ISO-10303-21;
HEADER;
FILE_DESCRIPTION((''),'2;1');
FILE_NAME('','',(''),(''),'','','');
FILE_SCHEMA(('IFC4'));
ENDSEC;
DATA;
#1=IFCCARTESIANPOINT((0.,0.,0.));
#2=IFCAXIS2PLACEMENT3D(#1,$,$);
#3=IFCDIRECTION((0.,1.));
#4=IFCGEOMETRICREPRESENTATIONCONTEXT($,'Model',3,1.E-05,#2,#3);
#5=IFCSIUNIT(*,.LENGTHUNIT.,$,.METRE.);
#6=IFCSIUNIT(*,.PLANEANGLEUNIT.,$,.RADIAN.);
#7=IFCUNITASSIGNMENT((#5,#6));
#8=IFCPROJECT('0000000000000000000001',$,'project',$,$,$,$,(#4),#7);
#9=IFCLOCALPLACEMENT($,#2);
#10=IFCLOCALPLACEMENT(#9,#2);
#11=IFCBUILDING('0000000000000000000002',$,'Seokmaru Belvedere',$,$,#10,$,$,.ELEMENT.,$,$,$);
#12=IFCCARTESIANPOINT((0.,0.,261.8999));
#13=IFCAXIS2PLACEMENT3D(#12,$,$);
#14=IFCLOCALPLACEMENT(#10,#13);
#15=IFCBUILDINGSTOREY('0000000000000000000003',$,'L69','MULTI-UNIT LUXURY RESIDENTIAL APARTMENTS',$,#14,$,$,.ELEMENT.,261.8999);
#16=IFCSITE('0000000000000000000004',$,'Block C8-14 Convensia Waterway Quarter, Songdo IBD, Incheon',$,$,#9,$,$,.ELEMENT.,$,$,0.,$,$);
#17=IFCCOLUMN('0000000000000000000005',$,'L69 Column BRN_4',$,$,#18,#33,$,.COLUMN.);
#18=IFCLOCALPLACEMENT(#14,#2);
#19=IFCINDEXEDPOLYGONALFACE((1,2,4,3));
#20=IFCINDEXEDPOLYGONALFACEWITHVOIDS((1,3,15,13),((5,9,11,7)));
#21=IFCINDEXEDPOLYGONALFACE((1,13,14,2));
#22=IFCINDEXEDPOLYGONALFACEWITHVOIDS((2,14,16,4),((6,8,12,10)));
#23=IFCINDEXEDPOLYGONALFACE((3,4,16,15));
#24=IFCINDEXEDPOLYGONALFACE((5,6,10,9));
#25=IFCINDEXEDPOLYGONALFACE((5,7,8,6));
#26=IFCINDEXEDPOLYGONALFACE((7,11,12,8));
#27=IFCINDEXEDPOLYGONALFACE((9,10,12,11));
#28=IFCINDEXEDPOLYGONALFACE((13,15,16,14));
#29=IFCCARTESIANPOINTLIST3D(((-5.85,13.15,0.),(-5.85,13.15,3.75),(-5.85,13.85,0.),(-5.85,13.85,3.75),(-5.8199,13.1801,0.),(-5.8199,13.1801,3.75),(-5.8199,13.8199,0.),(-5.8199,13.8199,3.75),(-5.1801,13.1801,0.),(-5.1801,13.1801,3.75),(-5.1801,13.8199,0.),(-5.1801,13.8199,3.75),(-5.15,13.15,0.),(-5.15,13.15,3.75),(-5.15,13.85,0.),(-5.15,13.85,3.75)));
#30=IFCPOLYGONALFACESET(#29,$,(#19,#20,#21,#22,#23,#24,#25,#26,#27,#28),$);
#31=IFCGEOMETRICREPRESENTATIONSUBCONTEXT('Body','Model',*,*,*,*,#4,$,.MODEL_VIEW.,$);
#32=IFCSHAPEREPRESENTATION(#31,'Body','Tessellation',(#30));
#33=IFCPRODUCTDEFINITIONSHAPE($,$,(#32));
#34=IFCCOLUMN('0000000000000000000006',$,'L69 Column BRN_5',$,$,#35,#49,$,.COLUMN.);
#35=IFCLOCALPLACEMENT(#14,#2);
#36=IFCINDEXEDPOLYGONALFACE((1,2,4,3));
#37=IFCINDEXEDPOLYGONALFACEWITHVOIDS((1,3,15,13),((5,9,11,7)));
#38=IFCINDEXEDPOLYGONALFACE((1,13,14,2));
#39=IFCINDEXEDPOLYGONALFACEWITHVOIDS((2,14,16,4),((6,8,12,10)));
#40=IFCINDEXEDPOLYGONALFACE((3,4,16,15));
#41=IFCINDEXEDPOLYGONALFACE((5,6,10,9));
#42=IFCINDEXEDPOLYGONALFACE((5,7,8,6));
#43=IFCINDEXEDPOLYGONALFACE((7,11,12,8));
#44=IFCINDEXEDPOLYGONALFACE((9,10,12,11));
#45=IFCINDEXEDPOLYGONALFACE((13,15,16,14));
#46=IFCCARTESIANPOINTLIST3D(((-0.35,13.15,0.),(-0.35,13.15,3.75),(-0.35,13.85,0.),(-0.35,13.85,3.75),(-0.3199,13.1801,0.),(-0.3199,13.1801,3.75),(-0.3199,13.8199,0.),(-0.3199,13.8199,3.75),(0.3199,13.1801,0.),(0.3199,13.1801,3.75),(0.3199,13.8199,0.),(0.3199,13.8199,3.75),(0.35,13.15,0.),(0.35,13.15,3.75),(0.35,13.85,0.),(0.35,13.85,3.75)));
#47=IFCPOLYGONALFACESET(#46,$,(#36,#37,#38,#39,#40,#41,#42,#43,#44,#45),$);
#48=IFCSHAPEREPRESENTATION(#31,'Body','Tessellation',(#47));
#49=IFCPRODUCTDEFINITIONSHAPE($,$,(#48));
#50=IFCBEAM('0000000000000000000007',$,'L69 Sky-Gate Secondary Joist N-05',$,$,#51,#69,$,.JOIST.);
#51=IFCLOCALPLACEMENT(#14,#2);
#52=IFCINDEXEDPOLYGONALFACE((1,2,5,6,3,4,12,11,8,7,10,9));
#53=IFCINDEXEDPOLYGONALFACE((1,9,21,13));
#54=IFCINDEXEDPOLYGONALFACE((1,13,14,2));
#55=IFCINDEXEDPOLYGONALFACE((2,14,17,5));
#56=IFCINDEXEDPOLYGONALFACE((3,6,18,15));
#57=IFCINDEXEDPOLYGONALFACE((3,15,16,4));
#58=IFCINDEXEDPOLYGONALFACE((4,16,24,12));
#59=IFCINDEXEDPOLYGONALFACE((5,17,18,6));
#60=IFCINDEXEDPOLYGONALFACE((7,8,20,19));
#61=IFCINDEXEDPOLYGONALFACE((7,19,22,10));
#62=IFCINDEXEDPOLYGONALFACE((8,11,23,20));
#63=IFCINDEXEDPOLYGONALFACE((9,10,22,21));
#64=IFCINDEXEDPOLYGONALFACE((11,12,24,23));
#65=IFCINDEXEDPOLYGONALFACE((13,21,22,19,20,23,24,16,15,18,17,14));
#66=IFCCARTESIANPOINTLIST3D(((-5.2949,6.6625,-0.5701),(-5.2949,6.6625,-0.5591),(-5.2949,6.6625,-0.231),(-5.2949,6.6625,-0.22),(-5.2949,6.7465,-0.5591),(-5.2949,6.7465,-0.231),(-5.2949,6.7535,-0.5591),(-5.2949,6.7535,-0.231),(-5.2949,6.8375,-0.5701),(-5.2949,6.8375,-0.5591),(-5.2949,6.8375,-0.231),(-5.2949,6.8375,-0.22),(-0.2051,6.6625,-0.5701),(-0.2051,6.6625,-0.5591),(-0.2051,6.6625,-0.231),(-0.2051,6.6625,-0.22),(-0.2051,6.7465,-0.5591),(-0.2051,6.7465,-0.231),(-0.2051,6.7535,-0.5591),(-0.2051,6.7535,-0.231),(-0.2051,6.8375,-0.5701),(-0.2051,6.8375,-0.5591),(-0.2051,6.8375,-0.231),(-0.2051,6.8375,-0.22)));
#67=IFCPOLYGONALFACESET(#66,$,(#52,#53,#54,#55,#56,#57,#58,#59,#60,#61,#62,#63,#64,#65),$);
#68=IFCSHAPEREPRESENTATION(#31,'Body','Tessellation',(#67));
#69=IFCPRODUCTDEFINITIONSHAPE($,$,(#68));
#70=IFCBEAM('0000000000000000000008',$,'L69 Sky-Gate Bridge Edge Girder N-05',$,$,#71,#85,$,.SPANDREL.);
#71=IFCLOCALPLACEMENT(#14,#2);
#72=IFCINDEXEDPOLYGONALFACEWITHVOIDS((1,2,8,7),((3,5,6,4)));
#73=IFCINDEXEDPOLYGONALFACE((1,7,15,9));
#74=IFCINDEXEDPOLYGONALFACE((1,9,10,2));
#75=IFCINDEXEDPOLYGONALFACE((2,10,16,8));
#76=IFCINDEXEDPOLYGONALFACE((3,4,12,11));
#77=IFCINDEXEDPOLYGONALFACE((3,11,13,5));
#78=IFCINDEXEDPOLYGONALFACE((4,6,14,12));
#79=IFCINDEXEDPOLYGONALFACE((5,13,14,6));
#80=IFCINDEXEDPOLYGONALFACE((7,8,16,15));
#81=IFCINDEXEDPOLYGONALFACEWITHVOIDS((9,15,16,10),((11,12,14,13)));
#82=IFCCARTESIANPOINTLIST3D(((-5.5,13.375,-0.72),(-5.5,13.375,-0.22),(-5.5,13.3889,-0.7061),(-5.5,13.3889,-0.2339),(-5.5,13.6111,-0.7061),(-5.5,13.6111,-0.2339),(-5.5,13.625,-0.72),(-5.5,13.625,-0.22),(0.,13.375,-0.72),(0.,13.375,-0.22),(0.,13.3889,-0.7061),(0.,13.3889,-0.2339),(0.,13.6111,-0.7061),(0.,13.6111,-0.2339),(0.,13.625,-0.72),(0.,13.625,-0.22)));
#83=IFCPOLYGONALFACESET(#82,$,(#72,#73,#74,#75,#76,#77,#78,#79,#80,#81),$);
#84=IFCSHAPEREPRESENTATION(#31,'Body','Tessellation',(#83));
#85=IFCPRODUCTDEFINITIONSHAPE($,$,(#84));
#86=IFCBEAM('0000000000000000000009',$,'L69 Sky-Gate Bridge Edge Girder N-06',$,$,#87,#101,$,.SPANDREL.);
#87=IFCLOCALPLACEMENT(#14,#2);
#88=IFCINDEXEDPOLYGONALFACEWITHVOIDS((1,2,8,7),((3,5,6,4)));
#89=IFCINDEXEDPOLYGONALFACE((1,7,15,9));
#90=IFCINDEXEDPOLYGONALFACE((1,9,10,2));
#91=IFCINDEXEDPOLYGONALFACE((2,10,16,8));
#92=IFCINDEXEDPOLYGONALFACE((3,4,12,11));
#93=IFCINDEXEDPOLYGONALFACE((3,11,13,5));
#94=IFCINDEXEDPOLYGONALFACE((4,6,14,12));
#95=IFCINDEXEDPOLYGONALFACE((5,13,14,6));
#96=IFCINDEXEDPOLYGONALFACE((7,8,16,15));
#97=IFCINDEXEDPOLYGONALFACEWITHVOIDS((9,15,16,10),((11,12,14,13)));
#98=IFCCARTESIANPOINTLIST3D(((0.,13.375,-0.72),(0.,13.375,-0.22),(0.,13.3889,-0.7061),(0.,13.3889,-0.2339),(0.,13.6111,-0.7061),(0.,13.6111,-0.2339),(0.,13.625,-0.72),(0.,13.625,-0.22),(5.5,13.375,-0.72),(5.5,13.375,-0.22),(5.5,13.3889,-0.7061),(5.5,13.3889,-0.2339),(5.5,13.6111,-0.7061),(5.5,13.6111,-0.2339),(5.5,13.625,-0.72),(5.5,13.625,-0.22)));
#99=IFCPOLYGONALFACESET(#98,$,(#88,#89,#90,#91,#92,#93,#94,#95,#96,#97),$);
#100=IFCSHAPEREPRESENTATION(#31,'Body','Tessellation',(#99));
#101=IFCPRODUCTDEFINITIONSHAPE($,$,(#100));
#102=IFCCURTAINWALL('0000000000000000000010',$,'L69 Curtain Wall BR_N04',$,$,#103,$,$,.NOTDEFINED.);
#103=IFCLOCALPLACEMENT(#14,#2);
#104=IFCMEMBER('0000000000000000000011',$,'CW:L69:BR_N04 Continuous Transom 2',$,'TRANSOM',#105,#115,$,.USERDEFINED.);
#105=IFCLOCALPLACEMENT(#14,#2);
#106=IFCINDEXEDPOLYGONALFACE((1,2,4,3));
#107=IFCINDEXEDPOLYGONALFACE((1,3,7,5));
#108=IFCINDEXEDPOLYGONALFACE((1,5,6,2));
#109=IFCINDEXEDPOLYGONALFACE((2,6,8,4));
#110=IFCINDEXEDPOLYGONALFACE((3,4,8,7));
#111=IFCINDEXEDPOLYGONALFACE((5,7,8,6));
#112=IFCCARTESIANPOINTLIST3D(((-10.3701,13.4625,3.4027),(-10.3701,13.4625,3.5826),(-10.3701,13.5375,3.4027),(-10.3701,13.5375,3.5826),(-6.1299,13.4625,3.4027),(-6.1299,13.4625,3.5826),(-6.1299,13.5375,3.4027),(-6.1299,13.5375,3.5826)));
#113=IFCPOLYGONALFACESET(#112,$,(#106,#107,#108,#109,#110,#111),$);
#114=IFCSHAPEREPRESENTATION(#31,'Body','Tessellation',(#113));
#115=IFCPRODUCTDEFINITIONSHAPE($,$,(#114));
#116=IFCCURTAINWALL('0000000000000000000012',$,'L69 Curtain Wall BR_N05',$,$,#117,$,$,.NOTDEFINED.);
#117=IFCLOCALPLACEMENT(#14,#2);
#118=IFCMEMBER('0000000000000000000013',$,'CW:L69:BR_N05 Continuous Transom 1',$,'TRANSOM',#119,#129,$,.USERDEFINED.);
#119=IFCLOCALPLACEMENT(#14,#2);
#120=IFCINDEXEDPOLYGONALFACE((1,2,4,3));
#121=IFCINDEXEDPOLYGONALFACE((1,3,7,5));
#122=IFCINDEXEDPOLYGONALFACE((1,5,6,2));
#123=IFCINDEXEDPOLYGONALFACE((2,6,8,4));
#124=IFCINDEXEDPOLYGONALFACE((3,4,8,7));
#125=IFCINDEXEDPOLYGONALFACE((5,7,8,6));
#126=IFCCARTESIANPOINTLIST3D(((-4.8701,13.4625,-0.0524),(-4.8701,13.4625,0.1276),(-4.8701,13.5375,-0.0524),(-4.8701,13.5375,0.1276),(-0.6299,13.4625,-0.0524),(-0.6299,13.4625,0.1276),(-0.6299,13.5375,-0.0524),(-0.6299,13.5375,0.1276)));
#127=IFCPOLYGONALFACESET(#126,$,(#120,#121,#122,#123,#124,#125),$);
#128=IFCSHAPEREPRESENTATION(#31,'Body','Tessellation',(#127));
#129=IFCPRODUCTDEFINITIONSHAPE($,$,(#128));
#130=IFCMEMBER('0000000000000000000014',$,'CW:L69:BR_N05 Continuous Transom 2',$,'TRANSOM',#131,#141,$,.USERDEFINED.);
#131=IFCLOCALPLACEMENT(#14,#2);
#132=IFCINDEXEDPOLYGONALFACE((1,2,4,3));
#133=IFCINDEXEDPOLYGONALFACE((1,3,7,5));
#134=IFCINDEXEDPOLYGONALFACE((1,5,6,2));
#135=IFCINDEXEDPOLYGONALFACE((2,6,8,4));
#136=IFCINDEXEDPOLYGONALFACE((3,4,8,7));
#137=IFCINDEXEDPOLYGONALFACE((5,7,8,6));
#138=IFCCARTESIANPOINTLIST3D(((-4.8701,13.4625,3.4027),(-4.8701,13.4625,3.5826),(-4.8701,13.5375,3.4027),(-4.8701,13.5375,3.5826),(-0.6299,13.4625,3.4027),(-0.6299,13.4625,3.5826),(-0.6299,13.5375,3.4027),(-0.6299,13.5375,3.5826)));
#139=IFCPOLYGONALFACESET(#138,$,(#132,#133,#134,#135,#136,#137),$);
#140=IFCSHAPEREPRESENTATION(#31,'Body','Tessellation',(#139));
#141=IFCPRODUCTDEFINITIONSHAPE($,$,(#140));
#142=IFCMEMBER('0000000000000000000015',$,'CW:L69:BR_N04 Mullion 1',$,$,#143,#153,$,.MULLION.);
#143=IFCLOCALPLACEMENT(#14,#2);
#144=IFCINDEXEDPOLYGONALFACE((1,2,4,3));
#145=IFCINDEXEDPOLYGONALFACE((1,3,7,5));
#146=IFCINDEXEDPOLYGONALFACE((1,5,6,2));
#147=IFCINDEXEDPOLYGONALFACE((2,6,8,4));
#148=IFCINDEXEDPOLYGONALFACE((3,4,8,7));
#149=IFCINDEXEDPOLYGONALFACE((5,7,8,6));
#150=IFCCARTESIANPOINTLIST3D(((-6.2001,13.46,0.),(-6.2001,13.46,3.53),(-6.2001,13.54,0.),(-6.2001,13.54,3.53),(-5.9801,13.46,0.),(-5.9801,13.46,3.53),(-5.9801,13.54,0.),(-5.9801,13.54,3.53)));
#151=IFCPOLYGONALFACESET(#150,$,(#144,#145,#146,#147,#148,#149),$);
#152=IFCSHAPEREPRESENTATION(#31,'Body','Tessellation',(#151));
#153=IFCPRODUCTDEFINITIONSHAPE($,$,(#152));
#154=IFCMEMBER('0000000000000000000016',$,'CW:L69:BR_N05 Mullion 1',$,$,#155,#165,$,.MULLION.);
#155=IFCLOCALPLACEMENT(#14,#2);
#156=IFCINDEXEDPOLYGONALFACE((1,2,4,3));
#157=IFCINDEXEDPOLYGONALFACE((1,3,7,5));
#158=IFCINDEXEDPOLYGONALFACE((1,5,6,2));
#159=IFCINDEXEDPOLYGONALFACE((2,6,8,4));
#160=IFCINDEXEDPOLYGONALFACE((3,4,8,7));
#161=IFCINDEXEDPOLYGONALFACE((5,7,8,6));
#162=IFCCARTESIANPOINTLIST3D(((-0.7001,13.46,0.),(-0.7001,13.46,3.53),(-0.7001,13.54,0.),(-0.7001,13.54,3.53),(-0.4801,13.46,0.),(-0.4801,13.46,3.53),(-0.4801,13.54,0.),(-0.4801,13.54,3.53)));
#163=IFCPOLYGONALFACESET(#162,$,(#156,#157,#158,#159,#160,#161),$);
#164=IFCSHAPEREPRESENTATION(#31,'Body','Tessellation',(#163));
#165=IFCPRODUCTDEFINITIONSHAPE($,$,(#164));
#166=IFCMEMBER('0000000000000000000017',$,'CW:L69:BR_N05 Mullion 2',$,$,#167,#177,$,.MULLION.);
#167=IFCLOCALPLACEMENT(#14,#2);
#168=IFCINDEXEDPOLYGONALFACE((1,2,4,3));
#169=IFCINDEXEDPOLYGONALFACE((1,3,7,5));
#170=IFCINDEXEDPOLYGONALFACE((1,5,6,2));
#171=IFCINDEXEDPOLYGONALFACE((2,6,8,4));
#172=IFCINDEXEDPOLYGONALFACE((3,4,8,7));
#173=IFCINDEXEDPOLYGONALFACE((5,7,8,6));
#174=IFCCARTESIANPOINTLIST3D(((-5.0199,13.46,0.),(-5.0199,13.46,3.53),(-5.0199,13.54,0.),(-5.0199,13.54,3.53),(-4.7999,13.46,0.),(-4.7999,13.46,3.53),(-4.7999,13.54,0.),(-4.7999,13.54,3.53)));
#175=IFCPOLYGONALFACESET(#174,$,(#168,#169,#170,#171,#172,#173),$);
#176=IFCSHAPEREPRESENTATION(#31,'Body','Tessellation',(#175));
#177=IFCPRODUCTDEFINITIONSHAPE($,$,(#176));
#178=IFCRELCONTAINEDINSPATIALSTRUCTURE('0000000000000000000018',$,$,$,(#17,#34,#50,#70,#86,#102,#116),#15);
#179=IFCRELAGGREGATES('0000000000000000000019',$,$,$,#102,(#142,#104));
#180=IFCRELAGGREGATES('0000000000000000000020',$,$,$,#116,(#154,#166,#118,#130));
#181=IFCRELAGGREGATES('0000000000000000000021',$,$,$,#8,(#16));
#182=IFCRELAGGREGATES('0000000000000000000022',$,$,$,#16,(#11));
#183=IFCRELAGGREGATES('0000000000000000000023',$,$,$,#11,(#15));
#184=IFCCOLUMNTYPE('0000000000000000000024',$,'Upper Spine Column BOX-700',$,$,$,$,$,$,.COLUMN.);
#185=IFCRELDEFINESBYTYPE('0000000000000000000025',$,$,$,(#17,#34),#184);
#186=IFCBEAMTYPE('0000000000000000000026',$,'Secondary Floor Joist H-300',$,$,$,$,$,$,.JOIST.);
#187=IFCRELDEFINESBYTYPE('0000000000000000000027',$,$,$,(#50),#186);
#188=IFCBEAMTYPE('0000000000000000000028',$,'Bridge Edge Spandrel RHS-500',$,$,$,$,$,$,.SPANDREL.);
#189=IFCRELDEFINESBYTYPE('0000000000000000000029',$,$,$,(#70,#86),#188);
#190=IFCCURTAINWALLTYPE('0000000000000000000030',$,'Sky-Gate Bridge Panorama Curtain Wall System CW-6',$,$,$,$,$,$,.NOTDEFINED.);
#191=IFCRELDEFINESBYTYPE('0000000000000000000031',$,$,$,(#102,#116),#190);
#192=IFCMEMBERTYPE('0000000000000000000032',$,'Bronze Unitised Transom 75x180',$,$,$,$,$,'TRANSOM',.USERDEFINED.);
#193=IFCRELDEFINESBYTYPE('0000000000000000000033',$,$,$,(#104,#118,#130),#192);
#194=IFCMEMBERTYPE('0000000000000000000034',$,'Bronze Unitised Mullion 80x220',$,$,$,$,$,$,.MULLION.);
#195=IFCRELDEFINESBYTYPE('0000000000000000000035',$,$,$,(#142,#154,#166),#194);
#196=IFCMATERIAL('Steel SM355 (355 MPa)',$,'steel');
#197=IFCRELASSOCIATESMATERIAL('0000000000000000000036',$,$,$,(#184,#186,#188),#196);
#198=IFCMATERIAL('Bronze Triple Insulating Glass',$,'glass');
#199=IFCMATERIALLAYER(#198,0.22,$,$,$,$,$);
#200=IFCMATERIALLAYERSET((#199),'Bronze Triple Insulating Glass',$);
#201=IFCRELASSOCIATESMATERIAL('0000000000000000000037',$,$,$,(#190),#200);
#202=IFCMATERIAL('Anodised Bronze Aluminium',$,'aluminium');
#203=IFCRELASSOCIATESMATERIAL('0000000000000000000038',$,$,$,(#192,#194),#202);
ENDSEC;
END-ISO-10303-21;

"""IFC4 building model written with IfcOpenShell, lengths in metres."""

from ifc_helpers import new_model, si_unit, direction, frame, origin, origin_2d, place, context, subcontext, project, spatial, rectangle, hollow_rectangle, i_section, extrude, source, transform, mapped, material, layer, layer_set, material_profile, profile_set, type_object, type_shapes, element, aggregate, save


model = new_model("IFC4")

# Units and contexts
model_context = context("Model", 3, precision=1e-05, world=origin(), true_north=direction((0.0, 1.0)))
body_context = subcontext(model_context, "Body", "Model", "MODEL_VIEW")
ifc_project = project(units=[si_unit("LENGTHUNIT", "METRE"), si_unit("PLANEANGLEUNIT", "RADIAN")], contexts=[model_context])

# Site, building, storey
site_placement = place(None, origin())
site = spatial("IfcSite", under=ifc_project, at=site_placement, Name="Block C8-14 Convensia Waterway Quarter, Songdo IBD, Incheon", CompositionType="ELEMENT", RefElevation=0.0)
building_placement = place(site_placement, origin())
building = spatial("IfcBuilding", under=site, at=building_placement, Name="Seokmaru Belvedere", CompositionType="ELEMENT")
storey_placement = place(building_placement, frame((0.0, 0.0, 261.8999)))
storey = spatial("IfcBuildingStorey", under=building, at=storey_placement, Name="L69", Description="MULTI-UNIT LUXURY RESIDENTIAL APARTMENTS", CompositionType="ELEMENT", Elevation=261.8999)

# Columns
ifc_material_1 = material(Name="Steel SM355 (355 MPa)", Category="steel")
ifc_material_profile_1 = material_profile(ifc_material_1, hollow_rectangle(XDim=0.7, YDim=0.7, WallThickness=0.03, at=origin_2d()), Name="BOX-700x700x30")
ifc_profile_set_1 = profile_set([ifc_material_profile_1], Name="Steel SM355 (355 MPa)")
column_type = type_object("IfcColumnType", Name="Upper Spine Column BOX-700", PredefinedType="COLUMN", material=ifc_profile_set_1)
shared_shape_1 = source(origin(), body_context, "Body", "SweptSolid", [
    extrude(hollow_rectangle(XDim=0.7, YDim=0.7, WallThickness=0.03, at=origin_2d()), origin(), (0.0, 0.0, 1.0), 3.75),
])
type_shapes(column_type, [shared_shape_1])
for number, where, z_axis, x_axis, name in (
    (1, (-5.5, 13.5, 0.0), (0.0, 0.0, 1.0), (1.0, 0.0, 0.0), "L69 Column BRN_4"),
    (2, (0.0, 13.5, 0.0), (0.0, 0.0, 1.0), (1.0, 0.0, 0.0), "L69 Column BRN_5"),
):
    element("IfcColumn", number, at=place(storey_placement, frame(where, z_axis=z_axis, x_axis=x_axis)), inside=storey, type_object=column_type, Name=name, PredefinedType="COLUMN", context=body_context, shape_type="MappedRepresentation", body=[
        mapped(shared_shape_1, transform((0.0, 0.0, 0.0), scale=1.0)),
    ])

# Beams
ifc_material_profile_2 = material_profile(ifc_material_1, i_section(OverallWidth=0.175, OverallDepth=0.3501, WebThickness=0.0071, FlangeThickness=0.011, at=origin_2d()), Name="H-350x175x7x11")
ifc_profile_set_2 = profile_set([ifc_material_profile_2], Name="Steel SM355 (355 MPa)")
beam_type_1 = type_object("IfcBeamType", Name="Secondary Floor Joist H-300", PredefinedType="JOIST", material=ifc_profile_set_2)
shared_shape_2 = source(origin(), body_context, "Body", "SweptSolid", [
    extrude(i_section(OverallWidth=0.175, OverallDepth=0.3501, WebThickness=0.0071, FlangeThickness=0.011, at=origin_2d()), origin(), (0.0, 0.0, 1.0), 5.0898),
])
type_shapes(beam_type_1, [shared_shape_2])
beam_placement = place(storey_placement, frame((-5.2949, 6.75, -0.395), z_axis=(1.0, 0.0, 0.0), x_axis=(0.0, 1.0, 0.0)))
element("IfcBeam", 3, at=beam_placement, inside=storey, type_object=beam_type_1, Name="L69 Sky-Gate Secondary Joist N-05", PredefinedType="JOIST", context=body_context, shape_type="MappedRepresentation", body=[
    mapped(shared_shape_2, transform((0.0, 0.0, 0.0), scale=1.0)),
])
ifc_material_profile_3 = material_profile(ifc_material_1, hollow_rectangle(XDim=0.25, YDim=0.5, WallThickness=0.0139, at=origin_2d()), Name="RHS-500x250x14")
ifc_profile_set_3 = profile_set([ifc_material_profile_3], Name="Steel SM355 (355 MPa)")
beam_type_2 = type_object("IfcBeamType", Name="Bridge Edge Spandrel RHS-500", PredefinedType="SPANDREL", material=ifc_profile_set_3)
shared_shape_3 = source(origin(), body_context, "Body", "SweptSolid", [
    extrude(hollow_rectangle(XDim=0.25, YDim=0.5, WallThickness=0.0139, at=origin_2d()), origin(), (0.0, 0.0, 1.0), 5.5),
])
type_shapes(beam_type_2, [shared_shape_3])
for number, where, z_axis, x_axis, name in (
    (4, (-5.5, 13.5, -0.47), (1.0, 0.0, 0.0), (0.0, 1.0, 0.0), "L69 Sky-Gate Bridge Edge Girder N-05"),
    (5, (0.0, 13.5, -0.47), (1.0, 0.0, 0.0), (0.0, 1.0, 0.0), "L69 Sky-Gate Bridge Edge Girder N-06"),
):
    element("IfcBeam", number, at=place(storey_placement, frame(where, z_axis=z_axis, x_axis=x_axis)), inside=storey, type_object=beam_type_2, Name=name, PredefinedType="SPANDREL", context=body_context, shape_type="MappedRepresentation", body=[
        mapped(shared_shape_3, transform((0.0, 0.0, 0.0), scale=1.0)),
    ])

# Curtain wall, member
ifc_material_2 = material(Name="Bronze Triple Insulating Glass", Category="glass")
ifc_layer_1 = layer(ifc_material_2, 0.22)
ifc_layer_set_1 = layer_set([ifc_layer_1], Name="Bronze Triple Insulating Glass")
curtain_wall_type = type_object("IfcCurtainWallType", Name="Sky-Gate Bridge Panorama Curtain Wall System CW-6", PredefinedType="NOTDEFINED", material=ifc_layer_set_1)
curtain_wall_1_placement = place(storey_placement, origin())
curtain_wall_1 = element("IfcCurtainWall", 6, at=curtain_wall_1_placement, inside=storey, type_object=curtain_wall_type, Name="L69 Curtain Wall BR_N04", PredefinedType="NOTDEFINED")
ifc_material_3 = material(Name="Anodised Bronze Aluminium", Category="aluminium")
ifc_material_profile_4 = material_profile(ifc_material_3, rectangle(XDim=0.075, YDim=0.1799, at=origin_2d()), Name="CW-T-75x180")
ifc_profile_set_4 = profile_set([ifc_material_profile_4], Name="Anodised Bronze Aluminium")
member_type_1 = type_object("IfcMemberType", Name="Bronze Unitised Transom 75x180", ElementType="TRANSOM", PredefinedType="USERDEFINED", material=ifc_profile_set_4)
shared_shape_4 = source(origin(), body_context, "Body", "SweptSolid", [
    extrude(rectangle(XDim=0.075, YDim=0.1799, at=origin_2d()), origin(), (0.0, 0.0, 1.0), 4.2402),
])
type_shapes(member_type_1, [shared_shape_4])
member_1_placement = place(storey_placement, frame((-6.1299, 13.5, 3.4927), z_axis=(-1.0, 0.0, 0.0), x_axis=(0.0, -1.0, 0.0)))
member_1 = element("IfcMember", 7, at=member_1_placement, type_object=member_type_1, Name="CW:L69:BR_N04 Continuous Transom 2", ObjectType="TRANSOM", PredefinedType="USERDEFINED", context=body_context, shape_type="MappedRepresentation", body=[
    mapped(shared_shape_4, transform((0.0, 0.0, 0.0), scale=1.0)),
])

# Curtain wall, members
curtain_wall_2_placement = place(storey_placement, origin())
curtain_wall_2 = element("IfcCurtainWall", 8, at=curtain_wall_2_placement, inside=storey, type_object=curtain_wall_type, Name="L69 Curtain Wall BR_N05", PredefinedType="NOTDEFINED")
member_2_placement = place(storey_placement, frame((-0.6299, 13.5, 0.0376), z_axis=(-1.0, 0.0, 0.0), x_axis=(0.0, -1.0, 0.0)))
member_2 = element("IfcMember", 9, at=member_2_placement, type_object=member_type_1, Name="CW:L69:BR_N05 Continuous Transom 1", ObjectType="TRANSOM", PredefinedType="USERDEFINED", context=body_context, shape_type="MappedRepresentation", body=[
    mapped(shared_shape_4, transform((0.0, 0.0, 0.0), scale=1.0)),
])
member_3_placement = place(storey_placement, frame((-0.6299, 13.5, 3.4927), z_axis=(-1.0, 0.0, 0.0), x_axis=(0.0, -1.0, 0.0)))
member_3 = element("IfcMember", 10, at=member_3_placement, type_object=member_type_1, Name="CW:L69:BR_N05 Continuous Transom 2", ObjectType="TRANSOM", PredefinedType="USERDEFINED", context=body_context, shape_type="MappedRepresentation", body=[
    mapped(shared_shape_4, transform((0.0, 0.0, 0.0), scale=1.0)),
])

# Members
ifc_material_profile_5 = material_profile(ifc_material_3, rectangle(XDim=0.0801, YDim=0.22, at=origin_2d()), Name="CW-M-80x220")
ifc_profile_set_5 = profile_set([ifc_material_profile_5], Name="Anodised Bronze Aluminium")
member_type_2 = type_object("IfcMemberType", Name="Bronze Unitised Mullion 80x220", PredefinedType="MULLION", material=ifc_profile_set_5)
shared_shape_5 = source(origin(), body_context, "Body", "SweptSolid", [
    extrude(rectangle(XDim=0.0801, YDim=0.22, at=origin_2d()), origin(), (0.0, 0.0, 1.0), 3.53),
])
type_shapes(member_type_2, [shared_shape_5])
member_4_placement = place(storey_placement, frame((-6.0901, 13.5, 0.0), z_axis=(0.0, 0.0, 1.0), x_axis=(0.0, -1.0, 0.0)))
member_4 = element("IfcMember", 11, at=member_4_placement, type_object=member_type_2, Name="CW:L69:BR_N04 Mullion 1", PredefinedType="MULLION", context=body_context, shape_type="MappedRepresentation", body=[
    mapped(shared_shape_5, transform((0.0, 0.0, 0.0), scale=1.0)),
])
aggregate(curtain_wall_1, [member_4, member_1])
member_5_placement = place(storey_placement, frame((-0.5901, 13.5, 0.0), z_axis=(0.0, 0.0, 1.0), x_axis=(0.0, -1.0, 0.0)))
member_5 = element("IfcMember", 12, at=member_5_placement, type_object=member_type_2, Name="CW:L69:BR_N05 Mullion 1", PredefinedType="MULLION", context=body_context, shape_type="MappedRepresentation", body=[
    mapped(shared_shape_5, transform((0.0, 0.0, 0.0), scale=1.0)),
])
member_6_placement = place(storey_placement, frame((-4.9099, 13.5, 0.0), z_axis=(0.0, 0.0, 1.0), x_axis=(0.0, -1.0, 0.0)))
member_6 = element("IfcMember", 13, at=member_6_placement, type_object=member_type_2, Name="CW:L69:BR_N05 Mullion 2", PredefinedType="MULLION", context=body_context, shape_type="MappedRepresentation", body=[
    mapped(shared_shape_5, transform((0.0, 0.0, 0.0), scale=1.0)),
])

aggregate(curtain_wall_2, [member_5, member_6, member_2, member_3])

save(model, "model.ifc")
